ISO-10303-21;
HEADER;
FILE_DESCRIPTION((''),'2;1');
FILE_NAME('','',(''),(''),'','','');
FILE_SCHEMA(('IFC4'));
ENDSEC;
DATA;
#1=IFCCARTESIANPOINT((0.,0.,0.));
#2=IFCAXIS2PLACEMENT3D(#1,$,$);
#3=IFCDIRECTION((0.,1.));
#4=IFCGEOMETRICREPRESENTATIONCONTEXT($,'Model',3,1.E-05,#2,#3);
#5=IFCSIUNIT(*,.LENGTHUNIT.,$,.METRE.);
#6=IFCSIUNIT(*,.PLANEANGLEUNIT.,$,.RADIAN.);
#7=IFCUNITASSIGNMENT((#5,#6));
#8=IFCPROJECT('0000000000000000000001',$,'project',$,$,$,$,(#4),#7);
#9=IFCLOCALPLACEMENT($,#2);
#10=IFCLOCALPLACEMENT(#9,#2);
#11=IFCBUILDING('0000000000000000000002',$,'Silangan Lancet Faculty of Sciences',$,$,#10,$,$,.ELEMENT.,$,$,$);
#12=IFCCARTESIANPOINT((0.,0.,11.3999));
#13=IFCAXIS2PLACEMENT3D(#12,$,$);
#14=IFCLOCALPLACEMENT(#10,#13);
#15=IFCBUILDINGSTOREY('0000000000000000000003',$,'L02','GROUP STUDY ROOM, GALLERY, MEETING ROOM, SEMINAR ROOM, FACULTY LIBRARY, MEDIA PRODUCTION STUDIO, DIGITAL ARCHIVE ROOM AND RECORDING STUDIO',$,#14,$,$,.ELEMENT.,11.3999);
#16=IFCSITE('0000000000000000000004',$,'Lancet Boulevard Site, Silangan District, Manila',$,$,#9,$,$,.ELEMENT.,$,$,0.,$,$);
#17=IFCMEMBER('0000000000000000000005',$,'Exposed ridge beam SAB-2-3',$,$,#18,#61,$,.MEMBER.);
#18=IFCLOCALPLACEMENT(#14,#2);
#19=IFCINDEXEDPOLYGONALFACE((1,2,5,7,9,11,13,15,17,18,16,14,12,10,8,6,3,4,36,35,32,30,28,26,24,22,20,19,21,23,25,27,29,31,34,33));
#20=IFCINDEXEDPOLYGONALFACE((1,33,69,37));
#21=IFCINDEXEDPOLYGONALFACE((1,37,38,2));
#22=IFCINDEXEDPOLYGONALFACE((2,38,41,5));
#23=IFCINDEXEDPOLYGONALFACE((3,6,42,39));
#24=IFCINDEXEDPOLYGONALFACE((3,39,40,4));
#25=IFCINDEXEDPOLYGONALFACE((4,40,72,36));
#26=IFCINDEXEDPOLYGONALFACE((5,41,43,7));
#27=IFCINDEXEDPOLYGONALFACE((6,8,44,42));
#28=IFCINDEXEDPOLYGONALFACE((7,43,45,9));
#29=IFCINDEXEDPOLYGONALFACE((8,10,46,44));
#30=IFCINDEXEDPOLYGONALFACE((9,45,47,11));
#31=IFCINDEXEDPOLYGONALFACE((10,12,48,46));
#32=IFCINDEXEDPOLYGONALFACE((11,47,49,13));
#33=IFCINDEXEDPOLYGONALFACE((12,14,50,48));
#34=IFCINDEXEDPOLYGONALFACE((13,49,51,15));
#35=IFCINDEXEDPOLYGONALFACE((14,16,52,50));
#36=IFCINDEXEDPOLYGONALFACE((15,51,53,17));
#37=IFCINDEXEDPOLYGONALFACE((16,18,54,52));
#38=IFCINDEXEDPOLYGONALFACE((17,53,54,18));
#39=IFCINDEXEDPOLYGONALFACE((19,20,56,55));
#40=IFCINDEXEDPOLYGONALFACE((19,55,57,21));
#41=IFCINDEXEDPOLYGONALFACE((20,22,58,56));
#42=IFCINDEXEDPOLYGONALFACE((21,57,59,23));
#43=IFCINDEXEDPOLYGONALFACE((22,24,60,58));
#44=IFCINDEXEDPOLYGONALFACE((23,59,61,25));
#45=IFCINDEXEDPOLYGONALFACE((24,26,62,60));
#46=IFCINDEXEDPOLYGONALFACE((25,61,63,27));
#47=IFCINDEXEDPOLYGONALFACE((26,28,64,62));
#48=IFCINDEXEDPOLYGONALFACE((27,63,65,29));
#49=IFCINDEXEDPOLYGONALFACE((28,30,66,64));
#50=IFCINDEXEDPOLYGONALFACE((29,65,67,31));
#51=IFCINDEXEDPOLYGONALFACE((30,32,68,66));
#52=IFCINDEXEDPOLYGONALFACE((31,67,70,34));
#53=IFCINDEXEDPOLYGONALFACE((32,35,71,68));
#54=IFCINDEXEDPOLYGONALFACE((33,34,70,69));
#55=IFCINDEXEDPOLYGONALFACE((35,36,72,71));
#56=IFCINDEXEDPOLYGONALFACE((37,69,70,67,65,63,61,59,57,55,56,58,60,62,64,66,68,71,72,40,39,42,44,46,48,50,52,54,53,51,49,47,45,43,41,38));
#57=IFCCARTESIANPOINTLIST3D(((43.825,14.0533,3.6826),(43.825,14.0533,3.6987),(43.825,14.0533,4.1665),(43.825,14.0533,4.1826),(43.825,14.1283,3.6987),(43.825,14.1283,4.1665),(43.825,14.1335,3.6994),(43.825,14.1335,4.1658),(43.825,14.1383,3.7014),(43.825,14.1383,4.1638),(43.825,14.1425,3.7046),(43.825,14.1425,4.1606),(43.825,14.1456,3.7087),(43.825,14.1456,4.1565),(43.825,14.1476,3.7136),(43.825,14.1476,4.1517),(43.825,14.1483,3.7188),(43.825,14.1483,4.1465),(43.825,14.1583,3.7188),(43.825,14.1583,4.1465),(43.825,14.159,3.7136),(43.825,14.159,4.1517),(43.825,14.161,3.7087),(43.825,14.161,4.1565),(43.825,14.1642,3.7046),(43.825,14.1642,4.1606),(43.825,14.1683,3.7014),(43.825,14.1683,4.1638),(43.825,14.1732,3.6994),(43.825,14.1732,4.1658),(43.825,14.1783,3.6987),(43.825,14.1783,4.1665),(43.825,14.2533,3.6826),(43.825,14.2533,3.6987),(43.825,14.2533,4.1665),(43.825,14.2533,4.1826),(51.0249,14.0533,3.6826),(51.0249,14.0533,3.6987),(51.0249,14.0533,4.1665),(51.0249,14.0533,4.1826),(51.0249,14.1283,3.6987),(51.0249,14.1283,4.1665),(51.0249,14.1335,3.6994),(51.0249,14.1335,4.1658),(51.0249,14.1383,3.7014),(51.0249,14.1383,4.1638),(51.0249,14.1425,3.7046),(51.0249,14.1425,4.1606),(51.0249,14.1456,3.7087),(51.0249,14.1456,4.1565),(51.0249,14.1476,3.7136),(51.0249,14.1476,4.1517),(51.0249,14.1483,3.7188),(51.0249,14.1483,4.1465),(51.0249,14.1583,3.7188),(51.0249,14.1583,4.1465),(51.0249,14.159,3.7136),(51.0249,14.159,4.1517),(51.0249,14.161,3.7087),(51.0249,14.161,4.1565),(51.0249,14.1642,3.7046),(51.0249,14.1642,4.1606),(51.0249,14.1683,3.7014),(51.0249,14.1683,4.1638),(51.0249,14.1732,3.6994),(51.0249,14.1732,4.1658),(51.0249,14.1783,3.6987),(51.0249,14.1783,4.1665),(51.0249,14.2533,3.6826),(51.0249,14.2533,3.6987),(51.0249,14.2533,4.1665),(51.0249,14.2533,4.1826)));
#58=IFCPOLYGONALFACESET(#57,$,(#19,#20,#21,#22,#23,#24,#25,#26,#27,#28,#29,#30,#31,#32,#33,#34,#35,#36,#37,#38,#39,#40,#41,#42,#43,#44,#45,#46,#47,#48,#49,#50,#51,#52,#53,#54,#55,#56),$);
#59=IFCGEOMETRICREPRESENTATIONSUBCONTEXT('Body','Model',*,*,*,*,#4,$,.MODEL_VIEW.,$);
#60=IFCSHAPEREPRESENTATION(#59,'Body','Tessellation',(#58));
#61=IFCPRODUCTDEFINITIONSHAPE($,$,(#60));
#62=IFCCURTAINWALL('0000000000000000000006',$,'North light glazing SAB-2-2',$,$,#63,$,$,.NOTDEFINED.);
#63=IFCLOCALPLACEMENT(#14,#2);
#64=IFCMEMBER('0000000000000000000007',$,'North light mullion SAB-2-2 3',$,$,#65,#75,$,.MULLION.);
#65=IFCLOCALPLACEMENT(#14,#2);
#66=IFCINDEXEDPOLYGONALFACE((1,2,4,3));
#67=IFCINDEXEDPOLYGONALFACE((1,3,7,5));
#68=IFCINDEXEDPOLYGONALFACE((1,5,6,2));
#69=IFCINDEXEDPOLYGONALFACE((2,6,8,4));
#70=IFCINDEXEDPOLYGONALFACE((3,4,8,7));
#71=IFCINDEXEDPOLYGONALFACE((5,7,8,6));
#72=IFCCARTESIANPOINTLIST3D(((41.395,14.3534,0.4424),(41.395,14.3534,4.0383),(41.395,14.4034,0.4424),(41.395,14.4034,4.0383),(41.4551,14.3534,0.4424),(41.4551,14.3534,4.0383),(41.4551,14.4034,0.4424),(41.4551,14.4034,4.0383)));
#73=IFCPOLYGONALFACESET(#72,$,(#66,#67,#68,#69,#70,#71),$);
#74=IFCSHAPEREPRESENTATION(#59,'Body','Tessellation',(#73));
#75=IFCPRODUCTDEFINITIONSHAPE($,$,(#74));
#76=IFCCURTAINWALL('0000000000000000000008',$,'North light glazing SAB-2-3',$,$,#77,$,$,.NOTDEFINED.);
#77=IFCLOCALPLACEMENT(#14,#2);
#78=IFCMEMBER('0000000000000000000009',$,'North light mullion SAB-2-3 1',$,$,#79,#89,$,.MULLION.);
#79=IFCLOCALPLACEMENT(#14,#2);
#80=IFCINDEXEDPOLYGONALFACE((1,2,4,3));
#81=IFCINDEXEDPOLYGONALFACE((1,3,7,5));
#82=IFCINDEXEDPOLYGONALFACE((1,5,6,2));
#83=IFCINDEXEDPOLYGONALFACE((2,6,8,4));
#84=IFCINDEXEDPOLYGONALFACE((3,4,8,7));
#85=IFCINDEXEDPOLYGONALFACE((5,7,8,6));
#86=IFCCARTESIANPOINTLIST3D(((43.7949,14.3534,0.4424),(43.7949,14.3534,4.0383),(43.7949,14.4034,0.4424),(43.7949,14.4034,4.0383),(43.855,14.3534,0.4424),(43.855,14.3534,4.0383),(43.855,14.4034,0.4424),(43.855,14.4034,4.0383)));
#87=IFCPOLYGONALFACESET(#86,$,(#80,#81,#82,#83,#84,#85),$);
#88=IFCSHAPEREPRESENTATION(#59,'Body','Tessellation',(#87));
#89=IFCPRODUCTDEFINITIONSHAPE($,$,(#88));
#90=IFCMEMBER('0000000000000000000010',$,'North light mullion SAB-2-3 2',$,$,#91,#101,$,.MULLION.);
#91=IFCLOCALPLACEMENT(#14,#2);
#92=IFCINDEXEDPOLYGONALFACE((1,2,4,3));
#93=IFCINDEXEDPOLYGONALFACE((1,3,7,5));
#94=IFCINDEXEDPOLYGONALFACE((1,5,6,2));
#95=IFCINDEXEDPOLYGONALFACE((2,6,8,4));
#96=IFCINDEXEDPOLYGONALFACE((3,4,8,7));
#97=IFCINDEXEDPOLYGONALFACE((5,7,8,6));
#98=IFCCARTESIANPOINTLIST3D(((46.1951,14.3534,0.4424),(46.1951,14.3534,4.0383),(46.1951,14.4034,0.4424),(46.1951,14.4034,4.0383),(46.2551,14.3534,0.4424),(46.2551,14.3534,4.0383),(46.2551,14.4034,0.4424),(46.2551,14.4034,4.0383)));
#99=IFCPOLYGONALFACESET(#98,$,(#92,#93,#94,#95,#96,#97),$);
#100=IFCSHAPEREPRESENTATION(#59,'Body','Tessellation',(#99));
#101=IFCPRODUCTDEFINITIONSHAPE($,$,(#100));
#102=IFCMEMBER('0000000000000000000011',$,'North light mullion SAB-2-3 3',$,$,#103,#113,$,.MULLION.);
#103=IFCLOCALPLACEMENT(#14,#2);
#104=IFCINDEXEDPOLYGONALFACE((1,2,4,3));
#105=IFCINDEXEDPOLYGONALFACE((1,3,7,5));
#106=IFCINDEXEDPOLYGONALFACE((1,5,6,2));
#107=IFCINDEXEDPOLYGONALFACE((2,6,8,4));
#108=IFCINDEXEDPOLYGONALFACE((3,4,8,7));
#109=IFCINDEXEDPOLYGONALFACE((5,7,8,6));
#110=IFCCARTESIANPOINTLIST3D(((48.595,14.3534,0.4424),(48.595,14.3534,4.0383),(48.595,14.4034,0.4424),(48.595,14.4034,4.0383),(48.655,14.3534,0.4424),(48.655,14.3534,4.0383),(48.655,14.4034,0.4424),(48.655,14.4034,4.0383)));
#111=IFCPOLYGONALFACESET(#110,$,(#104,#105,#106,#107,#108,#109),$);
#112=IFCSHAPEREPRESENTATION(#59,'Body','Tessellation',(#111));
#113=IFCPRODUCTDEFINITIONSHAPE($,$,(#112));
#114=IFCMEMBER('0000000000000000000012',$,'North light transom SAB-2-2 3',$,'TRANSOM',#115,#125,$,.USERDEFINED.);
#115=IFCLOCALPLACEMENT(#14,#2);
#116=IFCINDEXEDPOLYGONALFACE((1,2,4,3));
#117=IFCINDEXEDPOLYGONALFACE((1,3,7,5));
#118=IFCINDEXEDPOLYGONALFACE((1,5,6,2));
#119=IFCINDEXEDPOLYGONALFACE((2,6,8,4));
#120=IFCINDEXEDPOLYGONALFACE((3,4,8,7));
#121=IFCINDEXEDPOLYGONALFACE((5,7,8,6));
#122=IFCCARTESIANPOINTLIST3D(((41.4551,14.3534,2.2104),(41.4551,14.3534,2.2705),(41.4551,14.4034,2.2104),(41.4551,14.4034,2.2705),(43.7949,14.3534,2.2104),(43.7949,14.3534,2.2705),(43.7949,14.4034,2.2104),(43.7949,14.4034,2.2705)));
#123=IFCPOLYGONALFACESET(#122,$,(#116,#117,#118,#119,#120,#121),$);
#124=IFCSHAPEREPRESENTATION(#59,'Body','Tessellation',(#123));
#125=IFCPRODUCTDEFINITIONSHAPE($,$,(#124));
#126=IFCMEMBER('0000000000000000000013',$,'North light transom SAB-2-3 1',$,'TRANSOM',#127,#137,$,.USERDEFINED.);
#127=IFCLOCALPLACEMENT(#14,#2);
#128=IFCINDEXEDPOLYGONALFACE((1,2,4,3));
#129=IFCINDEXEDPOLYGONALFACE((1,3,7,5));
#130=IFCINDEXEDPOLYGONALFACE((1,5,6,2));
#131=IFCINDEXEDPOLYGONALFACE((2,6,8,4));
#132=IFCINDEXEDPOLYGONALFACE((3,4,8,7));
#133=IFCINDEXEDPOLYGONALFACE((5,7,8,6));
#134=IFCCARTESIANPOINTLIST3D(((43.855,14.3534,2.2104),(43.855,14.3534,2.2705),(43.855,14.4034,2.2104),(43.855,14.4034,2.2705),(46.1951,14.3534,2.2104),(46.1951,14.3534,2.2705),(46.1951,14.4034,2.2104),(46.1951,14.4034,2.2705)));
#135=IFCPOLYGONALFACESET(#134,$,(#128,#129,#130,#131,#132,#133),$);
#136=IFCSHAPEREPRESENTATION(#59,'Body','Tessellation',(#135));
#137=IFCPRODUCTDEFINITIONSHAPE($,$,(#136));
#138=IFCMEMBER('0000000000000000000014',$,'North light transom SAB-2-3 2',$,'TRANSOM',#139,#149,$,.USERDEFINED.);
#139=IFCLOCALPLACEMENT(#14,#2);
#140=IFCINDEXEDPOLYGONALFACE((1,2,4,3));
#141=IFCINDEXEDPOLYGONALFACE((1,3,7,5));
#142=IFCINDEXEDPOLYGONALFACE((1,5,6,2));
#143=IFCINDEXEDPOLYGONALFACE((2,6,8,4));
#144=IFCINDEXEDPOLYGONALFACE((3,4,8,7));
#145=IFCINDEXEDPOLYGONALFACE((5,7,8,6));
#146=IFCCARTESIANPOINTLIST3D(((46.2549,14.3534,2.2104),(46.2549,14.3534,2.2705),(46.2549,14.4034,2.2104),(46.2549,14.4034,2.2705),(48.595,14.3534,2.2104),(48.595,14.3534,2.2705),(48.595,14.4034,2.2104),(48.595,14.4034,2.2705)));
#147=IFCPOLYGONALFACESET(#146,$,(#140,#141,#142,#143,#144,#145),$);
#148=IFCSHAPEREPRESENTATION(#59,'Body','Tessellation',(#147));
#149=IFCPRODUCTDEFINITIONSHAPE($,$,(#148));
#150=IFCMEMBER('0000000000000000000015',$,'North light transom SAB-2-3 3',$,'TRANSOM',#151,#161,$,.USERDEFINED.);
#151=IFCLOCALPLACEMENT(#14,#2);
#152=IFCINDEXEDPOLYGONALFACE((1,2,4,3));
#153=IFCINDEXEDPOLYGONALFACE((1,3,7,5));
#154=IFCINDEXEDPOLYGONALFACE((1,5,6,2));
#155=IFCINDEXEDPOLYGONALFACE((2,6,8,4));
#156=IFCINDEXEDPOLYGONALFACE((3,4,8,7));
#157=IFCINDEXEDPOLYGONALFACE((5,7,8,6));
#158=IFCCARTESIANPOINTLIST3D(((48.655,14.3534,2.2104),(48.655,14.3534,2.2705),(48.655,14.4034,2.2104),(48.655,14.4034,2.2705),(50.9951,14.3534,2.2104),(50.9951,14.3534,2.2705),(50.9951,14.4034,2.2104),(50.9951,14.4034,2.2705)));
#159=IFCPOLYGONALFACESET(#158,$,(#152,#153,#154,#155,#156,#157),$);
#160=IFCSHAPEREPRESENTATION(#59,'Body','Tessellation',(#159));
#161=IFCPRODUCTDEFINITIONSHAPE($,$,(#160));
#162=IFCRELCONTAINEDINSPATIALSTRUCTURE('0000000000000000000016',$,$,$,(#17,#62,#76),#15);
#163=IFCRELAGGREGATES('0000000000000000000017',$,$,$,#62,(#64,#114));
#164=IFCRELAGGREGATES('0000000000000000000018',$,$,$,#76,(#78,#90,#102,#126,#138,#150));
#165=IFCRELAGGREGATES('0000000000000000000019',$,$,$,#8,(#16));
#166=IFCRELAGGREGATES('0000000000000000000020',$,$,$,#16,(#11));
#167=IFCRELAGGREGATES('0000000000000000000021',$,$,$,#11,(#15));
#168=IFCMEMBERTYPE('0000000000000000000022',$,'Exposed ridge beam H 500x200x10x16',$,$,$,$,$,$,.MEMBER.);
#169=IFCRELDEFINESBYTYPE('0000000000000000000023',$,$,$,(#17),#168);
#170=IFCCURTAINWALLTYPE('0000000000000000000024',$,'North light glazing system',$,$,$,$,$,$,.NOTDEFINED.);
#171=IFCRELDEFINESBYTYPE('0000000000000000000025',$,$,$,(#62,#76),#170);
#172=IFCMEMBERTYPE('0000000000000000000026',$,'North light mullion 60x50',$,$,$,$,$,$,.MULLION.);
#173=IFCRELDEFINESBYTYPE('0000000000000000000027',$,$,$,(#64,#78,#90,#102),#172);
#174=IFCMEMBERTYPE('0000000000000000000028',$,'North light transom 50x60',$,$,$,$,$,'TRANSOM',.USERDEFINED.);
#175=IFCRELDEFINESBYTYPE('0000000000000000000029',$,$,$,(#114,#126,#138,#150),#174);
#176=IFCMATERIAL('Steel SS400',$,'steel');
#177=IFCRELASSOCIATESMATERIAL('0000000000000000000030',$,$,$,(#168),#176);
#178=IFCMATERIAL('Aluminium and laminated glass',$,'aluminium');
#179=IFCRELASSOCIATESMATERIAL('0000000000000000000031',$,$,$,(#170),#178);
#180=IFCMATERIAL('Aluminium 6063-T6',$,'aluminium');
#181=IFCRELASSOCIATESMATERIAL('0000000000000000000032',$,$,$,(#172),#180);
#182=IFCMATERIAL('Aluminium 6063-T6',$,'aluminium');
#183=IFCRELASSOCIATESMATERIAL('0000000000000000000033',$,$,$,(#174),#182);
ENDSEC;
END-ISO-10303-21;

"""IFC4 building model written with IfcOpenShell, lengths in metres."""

from ifc_helpers import new_model, si_unit, direction, frame, origin, origin_2d, place, context, subcontext, project, spatial, rectangle, i_section, extrude, material, material_profile, profile_set, type_object, element, aggregate, save


model = new_model("IFC4")

# Units and contexts
model_context = context("Model", 3, precision=1e-05, world=origin(), true_north=direction((0.0, 1.0)))
body_context = subcontext(model_context, "Body", "Model", "MODEL_VIEW")
ifc_project = project(units=[si_unit("LENGTHUNIT", "METRE"), si_unit("PLANEANGLEUNIT", "RADIAN")], contexts=[model_context])

# Site, building, storey
site_placement = place(None, origin())
site = spatial("IfcSite", under=ifc_project, at=site_placement, Name="Lancet Boulevard Site, Silangan District, Manila", CompositionType="ELEMENT", RefElevation=0.0)
building_placement = place(site_placement, origin())
building = spatial("IfcBuilding", under=site, at=building_placement, Name="Silangan Lancet Faculty of Sciences", CompositionType="ELEMENT")
storey_placement = place(building_placement, frame((0.0, 0.0, 11.3999)))
storey = spatial("IfcBuildingStorey", under=building, at=storey_placement, Name="L02", Description="GROUP STUDY ROOM, GALLERY, MEETING ROOM, SEMINAR ROOM, FACULTY LIBRARY, MEDIA PRODUCTION STUDIO, DIGITAL ARCHIVE ROOM AND RECORDING STUDIO", CompositionType="ELEMENT", Elevation=11.3999)

# Member
ifc_material_1 = material(Name="Steel SS400", Category="steel")
ifc_material_profile_1 = material_profile(ifc_material_1, i_section(OverallWidth=0.2, OverallDepth=0.5, WebThickness=0.01, FlangeThickness=0.0161, FilletRadius=0.02, at=origin_2d()), Name="H 500x200x10x16")
ifc_profile_set_1 = profile_set([ifc_material_profile_1], Name="Steel SS400")
member_type_1 = type_object("IfcMemberType", Name="Exposed ridge beam H 500x200x10x16", PredefinedType="MEMBER", material=ifc_profile_set_1)
member_1_placement = place(storey_placement, frame((43.825, 14.1533, 3.9326), z_axis=(1.0, 0.0, 0.0), x_axis=(0.0, 1.0, 0.0)))
element("IfcMember", 1, at=member_1_placement, inside=storey, type_object=member_type_1, Name="Exposed ridge beam SAB-2-3", PredefinedType="MEMBER", context=body_context, shape_type="SweptSolid", body=[
    extrude(i_section(OverallWidth=0.2, OverallDepth=0.5, WebThickness=0.01, FlangeThickness=0.0161, FilletRadius=0.02, at=origin_2d()), origin(), (0.0, 0.0, 1.0), 7.2),
])

# Curtain wall, member
ifc_material_2 = material(Name="Aluminium and laminated glass", Category="aluminium")
curtain_wall_type = type_object("IfcCurtainWallType", Name="North light glazing system", PredefinedType="NOTDEFINED", material=ifc_material_2)
curtain_wall_1_placement = place(storey_placement, origin())
curtain_wall_1 = element("IfcCurtainWall", 2, at=curtain_wall_1_placement, inside=storey, type_object=curtain_wall_type, Name="North light glazing SAB-2-2", PredefinedType="NOTDEFINED")
ifc_material_3 = material(Name="Aluminium 6063-T6", Category="aluminium")
ifc_material_profile_2 = material_profile(ifc_material_3, rectangle(XDim=0.0601, YDim=0.05, at=origin_2d()), Name="AL 60x50")
ifc_profile_set_2 = profile_set([ifc_material_profile_2], Name="Aluminium 6063-T6")
member_type_2 = type_object("IfcMemberType", Name="North light mullion 60x50", PredefinedType="MULLION", material=ifc_profile_set_2)
member_2_placement = place(storey_placement, frame((41.425, 14.3784, 0.4424), z_axis=(0.0, 0.0, 1.0), x_axis=(1.0, 0.0, 0.0)))
member_2 = element("IfcMember", 3, at=member_2_placement, type_object=member_type_2, Name="North light mullion SAB-2-2 3", PredefinedType="MULLION", context=body_context, shape_type="SweptSolid", body=[
    extrude(rectangle(XDim=0.0601, YDim=0.05, at=origin_2d()), origin(), (0.0, 0.0, 1.0), 3.5959),
])

# Curtain wall, members
curtain_wall_2_placement = place(storey_placement, origin())
curtain_wall_2 = element("IfcCurtainWall", 4, at=curtain_wall_2_placement, inside=storey, type_object=curtain_wall_type, Name="North light glazing SAB-2-3", PredefinedType="NOTDEFINED")
member_3_placement = place(storey_placement, frame((43.825, 14.3784, 0.4424), z_axis=(0.0, 0.0, 1.0), x_axis=(1.0, 0.0, 0.0)))
member_3 = element("IfcMember", 5, at=member_3_placement, type_object=member_type_2, Name="North light mullion SAB-2-3 1", PredefinedType="MULLION", context=body_context, shape_type="SweptSolid", body=[
    extrude(rectangle(XDim=0.0601, YDim=0.05, at=origin_2d()), origin(), (0.0, 0.0, 1.0), 3.5959),
])
member_4_placement = place(storey_placement, frame((46.2251, 14.3784, 0.4424), z_axis=(0.0, 0.0, 1.0), x_axis=(1.0, 0.0, 0.0)))
member_4 = element("IfcMember", 6, at=member_4_placement, type_object=member_type_2, Name="North light mullion SAB-2-3 2", PredefinedType="MULLION", context=body_context, shape_type="SweptSolid", body=[
    extrude(rectangle(XDim=0.0601, YDim=0.05, at=origin_2d()), origin(), (0.0, 0.0, 1.0), 3.5959),
])
member_5_placement = place(storey_placement, frame((48.625, 14.3784, 0.4424), z_axis=(0.0, 0.0, 1.0), x_axis=(1.0, 0.0, 0.0)))
member_5 = element("IfcMember", 7, at=member_5_placement, type_object=member_type_2, Name="North light mullion SAB-2-3 3", PredefinedType="MULLION", context=body_context, shape_type="SweptSolid", body=[
    extrude(rectangle(XDim=0.0601, YDim=0.05, at=origin_2d()), origin(), (0.0, 0.0, 1.0), 3.5959),
])

# Members
ifc_material_4 = material(Name="Aluminium 6063-T6", Category="aluminium")
ifc_material_profile_3 = material_profile(ifc_material_4, rectangle(XDim=0.05, YDim=0.0601, at=origin_2d()), Name="AL 50x60")
ifc_profile_set_3 = profile_set([ifc_material_profile_3], Name="Aluminium 6063-T6")
member_type_3 = type_object("IfcMemberType", Name="North light transom 50x60", ElementType="TRANSOM", PredefinedType="USERDEFINED", material=ifc_profile_set_3)
member_6_placement = place(storey_placement, frame((41.4551, 14.3784, 2.2405), z_axis=(1.0, 0.0, 0.0), x_axis=(0.0, 1.0, 0.0)))
member_6 = element("IfcMember", 8, at=member_6_placement, type_object=member_type_3, Name="North light transom SAB-2-2 3", ObjectType="TRANSOM", PredefinedType="USERDEFINED", context=body_context, shape_type="SweptSolid", body=[
    extrude(rectangle(XDim=0.05, YDim=0.0601, at=origin_2d()), origin(), (0.0, 0.0, 1.0), 2.3398),
])
member_7_placement = place(storey_placement, frame((43.855, 14.3784, 2.2405), z_axis=(1.0, 0.0, 0.0), x_axis=(0.0, 1.0, 0.0)))
member_7 = element("IfcMember", 9, at=member_7_placement, type_object=member_type_3, Name="North light transom SAB-2-3 1", ObjectType="TRANSOM", PredefinedType="USERDEFINED", context=body_context, shape_type="SweptSolid", body=[
    extrude(rectangle(XDim=0.05, YDim=0.0601, at=origin_2d()), origin(), (0.0, 0.0, 1.0), 2.3401),
])
member_8_placement = place(storey_placement, frame((46.2549, 14.3784, 2.2405), z_axis=(1.0, 0.0, 0.0), x_axis=(0.0, 1.0, 0.0)))
member_8 = element("IfcMember", 10, at=member_8_placement, type_object=member_type_3, Name="North light transom SAB-2-3 2", ObjectType="TRANSOM", PredefinedType="USERDEFINED", context=body_context, shape_type="SweptSolid", body=[
    extrude(rectangle(XDim=0.05, YDim=0.0601, at=origin_2d()), origin(), (0.0, 0.0, 1.0), 2.3401),
])
member_9_placement = place(storey_placement, frame((48.655, 14.3784, 2.2405), z_axis=(1.0, 0.0, 0.0), x_axis=(0.0, 1.0, 0.0)))
member_9 = element("IfcMember", 11, at=member_9_placement, type_object=member_type_3, Name="North light transom SAB-2-3 3", ObjectType="TRANSOM", PredefinedType="USERDEFINED", context=body_context, shape_type="SweptSolid", body=[
    extrude(rectangle(XDim=0.05, YDim=0.0601, at=origin_2d()), origin(), (0.0, 0.0, 1.0), 2.3401),
])

aggregate(curtain_wall_1, [member_2, member_6])
aggregate(curtain_wall_2, [member_3, member_4, member_5, member_7, member_8, member_9])

save(model, "model.ifc")
